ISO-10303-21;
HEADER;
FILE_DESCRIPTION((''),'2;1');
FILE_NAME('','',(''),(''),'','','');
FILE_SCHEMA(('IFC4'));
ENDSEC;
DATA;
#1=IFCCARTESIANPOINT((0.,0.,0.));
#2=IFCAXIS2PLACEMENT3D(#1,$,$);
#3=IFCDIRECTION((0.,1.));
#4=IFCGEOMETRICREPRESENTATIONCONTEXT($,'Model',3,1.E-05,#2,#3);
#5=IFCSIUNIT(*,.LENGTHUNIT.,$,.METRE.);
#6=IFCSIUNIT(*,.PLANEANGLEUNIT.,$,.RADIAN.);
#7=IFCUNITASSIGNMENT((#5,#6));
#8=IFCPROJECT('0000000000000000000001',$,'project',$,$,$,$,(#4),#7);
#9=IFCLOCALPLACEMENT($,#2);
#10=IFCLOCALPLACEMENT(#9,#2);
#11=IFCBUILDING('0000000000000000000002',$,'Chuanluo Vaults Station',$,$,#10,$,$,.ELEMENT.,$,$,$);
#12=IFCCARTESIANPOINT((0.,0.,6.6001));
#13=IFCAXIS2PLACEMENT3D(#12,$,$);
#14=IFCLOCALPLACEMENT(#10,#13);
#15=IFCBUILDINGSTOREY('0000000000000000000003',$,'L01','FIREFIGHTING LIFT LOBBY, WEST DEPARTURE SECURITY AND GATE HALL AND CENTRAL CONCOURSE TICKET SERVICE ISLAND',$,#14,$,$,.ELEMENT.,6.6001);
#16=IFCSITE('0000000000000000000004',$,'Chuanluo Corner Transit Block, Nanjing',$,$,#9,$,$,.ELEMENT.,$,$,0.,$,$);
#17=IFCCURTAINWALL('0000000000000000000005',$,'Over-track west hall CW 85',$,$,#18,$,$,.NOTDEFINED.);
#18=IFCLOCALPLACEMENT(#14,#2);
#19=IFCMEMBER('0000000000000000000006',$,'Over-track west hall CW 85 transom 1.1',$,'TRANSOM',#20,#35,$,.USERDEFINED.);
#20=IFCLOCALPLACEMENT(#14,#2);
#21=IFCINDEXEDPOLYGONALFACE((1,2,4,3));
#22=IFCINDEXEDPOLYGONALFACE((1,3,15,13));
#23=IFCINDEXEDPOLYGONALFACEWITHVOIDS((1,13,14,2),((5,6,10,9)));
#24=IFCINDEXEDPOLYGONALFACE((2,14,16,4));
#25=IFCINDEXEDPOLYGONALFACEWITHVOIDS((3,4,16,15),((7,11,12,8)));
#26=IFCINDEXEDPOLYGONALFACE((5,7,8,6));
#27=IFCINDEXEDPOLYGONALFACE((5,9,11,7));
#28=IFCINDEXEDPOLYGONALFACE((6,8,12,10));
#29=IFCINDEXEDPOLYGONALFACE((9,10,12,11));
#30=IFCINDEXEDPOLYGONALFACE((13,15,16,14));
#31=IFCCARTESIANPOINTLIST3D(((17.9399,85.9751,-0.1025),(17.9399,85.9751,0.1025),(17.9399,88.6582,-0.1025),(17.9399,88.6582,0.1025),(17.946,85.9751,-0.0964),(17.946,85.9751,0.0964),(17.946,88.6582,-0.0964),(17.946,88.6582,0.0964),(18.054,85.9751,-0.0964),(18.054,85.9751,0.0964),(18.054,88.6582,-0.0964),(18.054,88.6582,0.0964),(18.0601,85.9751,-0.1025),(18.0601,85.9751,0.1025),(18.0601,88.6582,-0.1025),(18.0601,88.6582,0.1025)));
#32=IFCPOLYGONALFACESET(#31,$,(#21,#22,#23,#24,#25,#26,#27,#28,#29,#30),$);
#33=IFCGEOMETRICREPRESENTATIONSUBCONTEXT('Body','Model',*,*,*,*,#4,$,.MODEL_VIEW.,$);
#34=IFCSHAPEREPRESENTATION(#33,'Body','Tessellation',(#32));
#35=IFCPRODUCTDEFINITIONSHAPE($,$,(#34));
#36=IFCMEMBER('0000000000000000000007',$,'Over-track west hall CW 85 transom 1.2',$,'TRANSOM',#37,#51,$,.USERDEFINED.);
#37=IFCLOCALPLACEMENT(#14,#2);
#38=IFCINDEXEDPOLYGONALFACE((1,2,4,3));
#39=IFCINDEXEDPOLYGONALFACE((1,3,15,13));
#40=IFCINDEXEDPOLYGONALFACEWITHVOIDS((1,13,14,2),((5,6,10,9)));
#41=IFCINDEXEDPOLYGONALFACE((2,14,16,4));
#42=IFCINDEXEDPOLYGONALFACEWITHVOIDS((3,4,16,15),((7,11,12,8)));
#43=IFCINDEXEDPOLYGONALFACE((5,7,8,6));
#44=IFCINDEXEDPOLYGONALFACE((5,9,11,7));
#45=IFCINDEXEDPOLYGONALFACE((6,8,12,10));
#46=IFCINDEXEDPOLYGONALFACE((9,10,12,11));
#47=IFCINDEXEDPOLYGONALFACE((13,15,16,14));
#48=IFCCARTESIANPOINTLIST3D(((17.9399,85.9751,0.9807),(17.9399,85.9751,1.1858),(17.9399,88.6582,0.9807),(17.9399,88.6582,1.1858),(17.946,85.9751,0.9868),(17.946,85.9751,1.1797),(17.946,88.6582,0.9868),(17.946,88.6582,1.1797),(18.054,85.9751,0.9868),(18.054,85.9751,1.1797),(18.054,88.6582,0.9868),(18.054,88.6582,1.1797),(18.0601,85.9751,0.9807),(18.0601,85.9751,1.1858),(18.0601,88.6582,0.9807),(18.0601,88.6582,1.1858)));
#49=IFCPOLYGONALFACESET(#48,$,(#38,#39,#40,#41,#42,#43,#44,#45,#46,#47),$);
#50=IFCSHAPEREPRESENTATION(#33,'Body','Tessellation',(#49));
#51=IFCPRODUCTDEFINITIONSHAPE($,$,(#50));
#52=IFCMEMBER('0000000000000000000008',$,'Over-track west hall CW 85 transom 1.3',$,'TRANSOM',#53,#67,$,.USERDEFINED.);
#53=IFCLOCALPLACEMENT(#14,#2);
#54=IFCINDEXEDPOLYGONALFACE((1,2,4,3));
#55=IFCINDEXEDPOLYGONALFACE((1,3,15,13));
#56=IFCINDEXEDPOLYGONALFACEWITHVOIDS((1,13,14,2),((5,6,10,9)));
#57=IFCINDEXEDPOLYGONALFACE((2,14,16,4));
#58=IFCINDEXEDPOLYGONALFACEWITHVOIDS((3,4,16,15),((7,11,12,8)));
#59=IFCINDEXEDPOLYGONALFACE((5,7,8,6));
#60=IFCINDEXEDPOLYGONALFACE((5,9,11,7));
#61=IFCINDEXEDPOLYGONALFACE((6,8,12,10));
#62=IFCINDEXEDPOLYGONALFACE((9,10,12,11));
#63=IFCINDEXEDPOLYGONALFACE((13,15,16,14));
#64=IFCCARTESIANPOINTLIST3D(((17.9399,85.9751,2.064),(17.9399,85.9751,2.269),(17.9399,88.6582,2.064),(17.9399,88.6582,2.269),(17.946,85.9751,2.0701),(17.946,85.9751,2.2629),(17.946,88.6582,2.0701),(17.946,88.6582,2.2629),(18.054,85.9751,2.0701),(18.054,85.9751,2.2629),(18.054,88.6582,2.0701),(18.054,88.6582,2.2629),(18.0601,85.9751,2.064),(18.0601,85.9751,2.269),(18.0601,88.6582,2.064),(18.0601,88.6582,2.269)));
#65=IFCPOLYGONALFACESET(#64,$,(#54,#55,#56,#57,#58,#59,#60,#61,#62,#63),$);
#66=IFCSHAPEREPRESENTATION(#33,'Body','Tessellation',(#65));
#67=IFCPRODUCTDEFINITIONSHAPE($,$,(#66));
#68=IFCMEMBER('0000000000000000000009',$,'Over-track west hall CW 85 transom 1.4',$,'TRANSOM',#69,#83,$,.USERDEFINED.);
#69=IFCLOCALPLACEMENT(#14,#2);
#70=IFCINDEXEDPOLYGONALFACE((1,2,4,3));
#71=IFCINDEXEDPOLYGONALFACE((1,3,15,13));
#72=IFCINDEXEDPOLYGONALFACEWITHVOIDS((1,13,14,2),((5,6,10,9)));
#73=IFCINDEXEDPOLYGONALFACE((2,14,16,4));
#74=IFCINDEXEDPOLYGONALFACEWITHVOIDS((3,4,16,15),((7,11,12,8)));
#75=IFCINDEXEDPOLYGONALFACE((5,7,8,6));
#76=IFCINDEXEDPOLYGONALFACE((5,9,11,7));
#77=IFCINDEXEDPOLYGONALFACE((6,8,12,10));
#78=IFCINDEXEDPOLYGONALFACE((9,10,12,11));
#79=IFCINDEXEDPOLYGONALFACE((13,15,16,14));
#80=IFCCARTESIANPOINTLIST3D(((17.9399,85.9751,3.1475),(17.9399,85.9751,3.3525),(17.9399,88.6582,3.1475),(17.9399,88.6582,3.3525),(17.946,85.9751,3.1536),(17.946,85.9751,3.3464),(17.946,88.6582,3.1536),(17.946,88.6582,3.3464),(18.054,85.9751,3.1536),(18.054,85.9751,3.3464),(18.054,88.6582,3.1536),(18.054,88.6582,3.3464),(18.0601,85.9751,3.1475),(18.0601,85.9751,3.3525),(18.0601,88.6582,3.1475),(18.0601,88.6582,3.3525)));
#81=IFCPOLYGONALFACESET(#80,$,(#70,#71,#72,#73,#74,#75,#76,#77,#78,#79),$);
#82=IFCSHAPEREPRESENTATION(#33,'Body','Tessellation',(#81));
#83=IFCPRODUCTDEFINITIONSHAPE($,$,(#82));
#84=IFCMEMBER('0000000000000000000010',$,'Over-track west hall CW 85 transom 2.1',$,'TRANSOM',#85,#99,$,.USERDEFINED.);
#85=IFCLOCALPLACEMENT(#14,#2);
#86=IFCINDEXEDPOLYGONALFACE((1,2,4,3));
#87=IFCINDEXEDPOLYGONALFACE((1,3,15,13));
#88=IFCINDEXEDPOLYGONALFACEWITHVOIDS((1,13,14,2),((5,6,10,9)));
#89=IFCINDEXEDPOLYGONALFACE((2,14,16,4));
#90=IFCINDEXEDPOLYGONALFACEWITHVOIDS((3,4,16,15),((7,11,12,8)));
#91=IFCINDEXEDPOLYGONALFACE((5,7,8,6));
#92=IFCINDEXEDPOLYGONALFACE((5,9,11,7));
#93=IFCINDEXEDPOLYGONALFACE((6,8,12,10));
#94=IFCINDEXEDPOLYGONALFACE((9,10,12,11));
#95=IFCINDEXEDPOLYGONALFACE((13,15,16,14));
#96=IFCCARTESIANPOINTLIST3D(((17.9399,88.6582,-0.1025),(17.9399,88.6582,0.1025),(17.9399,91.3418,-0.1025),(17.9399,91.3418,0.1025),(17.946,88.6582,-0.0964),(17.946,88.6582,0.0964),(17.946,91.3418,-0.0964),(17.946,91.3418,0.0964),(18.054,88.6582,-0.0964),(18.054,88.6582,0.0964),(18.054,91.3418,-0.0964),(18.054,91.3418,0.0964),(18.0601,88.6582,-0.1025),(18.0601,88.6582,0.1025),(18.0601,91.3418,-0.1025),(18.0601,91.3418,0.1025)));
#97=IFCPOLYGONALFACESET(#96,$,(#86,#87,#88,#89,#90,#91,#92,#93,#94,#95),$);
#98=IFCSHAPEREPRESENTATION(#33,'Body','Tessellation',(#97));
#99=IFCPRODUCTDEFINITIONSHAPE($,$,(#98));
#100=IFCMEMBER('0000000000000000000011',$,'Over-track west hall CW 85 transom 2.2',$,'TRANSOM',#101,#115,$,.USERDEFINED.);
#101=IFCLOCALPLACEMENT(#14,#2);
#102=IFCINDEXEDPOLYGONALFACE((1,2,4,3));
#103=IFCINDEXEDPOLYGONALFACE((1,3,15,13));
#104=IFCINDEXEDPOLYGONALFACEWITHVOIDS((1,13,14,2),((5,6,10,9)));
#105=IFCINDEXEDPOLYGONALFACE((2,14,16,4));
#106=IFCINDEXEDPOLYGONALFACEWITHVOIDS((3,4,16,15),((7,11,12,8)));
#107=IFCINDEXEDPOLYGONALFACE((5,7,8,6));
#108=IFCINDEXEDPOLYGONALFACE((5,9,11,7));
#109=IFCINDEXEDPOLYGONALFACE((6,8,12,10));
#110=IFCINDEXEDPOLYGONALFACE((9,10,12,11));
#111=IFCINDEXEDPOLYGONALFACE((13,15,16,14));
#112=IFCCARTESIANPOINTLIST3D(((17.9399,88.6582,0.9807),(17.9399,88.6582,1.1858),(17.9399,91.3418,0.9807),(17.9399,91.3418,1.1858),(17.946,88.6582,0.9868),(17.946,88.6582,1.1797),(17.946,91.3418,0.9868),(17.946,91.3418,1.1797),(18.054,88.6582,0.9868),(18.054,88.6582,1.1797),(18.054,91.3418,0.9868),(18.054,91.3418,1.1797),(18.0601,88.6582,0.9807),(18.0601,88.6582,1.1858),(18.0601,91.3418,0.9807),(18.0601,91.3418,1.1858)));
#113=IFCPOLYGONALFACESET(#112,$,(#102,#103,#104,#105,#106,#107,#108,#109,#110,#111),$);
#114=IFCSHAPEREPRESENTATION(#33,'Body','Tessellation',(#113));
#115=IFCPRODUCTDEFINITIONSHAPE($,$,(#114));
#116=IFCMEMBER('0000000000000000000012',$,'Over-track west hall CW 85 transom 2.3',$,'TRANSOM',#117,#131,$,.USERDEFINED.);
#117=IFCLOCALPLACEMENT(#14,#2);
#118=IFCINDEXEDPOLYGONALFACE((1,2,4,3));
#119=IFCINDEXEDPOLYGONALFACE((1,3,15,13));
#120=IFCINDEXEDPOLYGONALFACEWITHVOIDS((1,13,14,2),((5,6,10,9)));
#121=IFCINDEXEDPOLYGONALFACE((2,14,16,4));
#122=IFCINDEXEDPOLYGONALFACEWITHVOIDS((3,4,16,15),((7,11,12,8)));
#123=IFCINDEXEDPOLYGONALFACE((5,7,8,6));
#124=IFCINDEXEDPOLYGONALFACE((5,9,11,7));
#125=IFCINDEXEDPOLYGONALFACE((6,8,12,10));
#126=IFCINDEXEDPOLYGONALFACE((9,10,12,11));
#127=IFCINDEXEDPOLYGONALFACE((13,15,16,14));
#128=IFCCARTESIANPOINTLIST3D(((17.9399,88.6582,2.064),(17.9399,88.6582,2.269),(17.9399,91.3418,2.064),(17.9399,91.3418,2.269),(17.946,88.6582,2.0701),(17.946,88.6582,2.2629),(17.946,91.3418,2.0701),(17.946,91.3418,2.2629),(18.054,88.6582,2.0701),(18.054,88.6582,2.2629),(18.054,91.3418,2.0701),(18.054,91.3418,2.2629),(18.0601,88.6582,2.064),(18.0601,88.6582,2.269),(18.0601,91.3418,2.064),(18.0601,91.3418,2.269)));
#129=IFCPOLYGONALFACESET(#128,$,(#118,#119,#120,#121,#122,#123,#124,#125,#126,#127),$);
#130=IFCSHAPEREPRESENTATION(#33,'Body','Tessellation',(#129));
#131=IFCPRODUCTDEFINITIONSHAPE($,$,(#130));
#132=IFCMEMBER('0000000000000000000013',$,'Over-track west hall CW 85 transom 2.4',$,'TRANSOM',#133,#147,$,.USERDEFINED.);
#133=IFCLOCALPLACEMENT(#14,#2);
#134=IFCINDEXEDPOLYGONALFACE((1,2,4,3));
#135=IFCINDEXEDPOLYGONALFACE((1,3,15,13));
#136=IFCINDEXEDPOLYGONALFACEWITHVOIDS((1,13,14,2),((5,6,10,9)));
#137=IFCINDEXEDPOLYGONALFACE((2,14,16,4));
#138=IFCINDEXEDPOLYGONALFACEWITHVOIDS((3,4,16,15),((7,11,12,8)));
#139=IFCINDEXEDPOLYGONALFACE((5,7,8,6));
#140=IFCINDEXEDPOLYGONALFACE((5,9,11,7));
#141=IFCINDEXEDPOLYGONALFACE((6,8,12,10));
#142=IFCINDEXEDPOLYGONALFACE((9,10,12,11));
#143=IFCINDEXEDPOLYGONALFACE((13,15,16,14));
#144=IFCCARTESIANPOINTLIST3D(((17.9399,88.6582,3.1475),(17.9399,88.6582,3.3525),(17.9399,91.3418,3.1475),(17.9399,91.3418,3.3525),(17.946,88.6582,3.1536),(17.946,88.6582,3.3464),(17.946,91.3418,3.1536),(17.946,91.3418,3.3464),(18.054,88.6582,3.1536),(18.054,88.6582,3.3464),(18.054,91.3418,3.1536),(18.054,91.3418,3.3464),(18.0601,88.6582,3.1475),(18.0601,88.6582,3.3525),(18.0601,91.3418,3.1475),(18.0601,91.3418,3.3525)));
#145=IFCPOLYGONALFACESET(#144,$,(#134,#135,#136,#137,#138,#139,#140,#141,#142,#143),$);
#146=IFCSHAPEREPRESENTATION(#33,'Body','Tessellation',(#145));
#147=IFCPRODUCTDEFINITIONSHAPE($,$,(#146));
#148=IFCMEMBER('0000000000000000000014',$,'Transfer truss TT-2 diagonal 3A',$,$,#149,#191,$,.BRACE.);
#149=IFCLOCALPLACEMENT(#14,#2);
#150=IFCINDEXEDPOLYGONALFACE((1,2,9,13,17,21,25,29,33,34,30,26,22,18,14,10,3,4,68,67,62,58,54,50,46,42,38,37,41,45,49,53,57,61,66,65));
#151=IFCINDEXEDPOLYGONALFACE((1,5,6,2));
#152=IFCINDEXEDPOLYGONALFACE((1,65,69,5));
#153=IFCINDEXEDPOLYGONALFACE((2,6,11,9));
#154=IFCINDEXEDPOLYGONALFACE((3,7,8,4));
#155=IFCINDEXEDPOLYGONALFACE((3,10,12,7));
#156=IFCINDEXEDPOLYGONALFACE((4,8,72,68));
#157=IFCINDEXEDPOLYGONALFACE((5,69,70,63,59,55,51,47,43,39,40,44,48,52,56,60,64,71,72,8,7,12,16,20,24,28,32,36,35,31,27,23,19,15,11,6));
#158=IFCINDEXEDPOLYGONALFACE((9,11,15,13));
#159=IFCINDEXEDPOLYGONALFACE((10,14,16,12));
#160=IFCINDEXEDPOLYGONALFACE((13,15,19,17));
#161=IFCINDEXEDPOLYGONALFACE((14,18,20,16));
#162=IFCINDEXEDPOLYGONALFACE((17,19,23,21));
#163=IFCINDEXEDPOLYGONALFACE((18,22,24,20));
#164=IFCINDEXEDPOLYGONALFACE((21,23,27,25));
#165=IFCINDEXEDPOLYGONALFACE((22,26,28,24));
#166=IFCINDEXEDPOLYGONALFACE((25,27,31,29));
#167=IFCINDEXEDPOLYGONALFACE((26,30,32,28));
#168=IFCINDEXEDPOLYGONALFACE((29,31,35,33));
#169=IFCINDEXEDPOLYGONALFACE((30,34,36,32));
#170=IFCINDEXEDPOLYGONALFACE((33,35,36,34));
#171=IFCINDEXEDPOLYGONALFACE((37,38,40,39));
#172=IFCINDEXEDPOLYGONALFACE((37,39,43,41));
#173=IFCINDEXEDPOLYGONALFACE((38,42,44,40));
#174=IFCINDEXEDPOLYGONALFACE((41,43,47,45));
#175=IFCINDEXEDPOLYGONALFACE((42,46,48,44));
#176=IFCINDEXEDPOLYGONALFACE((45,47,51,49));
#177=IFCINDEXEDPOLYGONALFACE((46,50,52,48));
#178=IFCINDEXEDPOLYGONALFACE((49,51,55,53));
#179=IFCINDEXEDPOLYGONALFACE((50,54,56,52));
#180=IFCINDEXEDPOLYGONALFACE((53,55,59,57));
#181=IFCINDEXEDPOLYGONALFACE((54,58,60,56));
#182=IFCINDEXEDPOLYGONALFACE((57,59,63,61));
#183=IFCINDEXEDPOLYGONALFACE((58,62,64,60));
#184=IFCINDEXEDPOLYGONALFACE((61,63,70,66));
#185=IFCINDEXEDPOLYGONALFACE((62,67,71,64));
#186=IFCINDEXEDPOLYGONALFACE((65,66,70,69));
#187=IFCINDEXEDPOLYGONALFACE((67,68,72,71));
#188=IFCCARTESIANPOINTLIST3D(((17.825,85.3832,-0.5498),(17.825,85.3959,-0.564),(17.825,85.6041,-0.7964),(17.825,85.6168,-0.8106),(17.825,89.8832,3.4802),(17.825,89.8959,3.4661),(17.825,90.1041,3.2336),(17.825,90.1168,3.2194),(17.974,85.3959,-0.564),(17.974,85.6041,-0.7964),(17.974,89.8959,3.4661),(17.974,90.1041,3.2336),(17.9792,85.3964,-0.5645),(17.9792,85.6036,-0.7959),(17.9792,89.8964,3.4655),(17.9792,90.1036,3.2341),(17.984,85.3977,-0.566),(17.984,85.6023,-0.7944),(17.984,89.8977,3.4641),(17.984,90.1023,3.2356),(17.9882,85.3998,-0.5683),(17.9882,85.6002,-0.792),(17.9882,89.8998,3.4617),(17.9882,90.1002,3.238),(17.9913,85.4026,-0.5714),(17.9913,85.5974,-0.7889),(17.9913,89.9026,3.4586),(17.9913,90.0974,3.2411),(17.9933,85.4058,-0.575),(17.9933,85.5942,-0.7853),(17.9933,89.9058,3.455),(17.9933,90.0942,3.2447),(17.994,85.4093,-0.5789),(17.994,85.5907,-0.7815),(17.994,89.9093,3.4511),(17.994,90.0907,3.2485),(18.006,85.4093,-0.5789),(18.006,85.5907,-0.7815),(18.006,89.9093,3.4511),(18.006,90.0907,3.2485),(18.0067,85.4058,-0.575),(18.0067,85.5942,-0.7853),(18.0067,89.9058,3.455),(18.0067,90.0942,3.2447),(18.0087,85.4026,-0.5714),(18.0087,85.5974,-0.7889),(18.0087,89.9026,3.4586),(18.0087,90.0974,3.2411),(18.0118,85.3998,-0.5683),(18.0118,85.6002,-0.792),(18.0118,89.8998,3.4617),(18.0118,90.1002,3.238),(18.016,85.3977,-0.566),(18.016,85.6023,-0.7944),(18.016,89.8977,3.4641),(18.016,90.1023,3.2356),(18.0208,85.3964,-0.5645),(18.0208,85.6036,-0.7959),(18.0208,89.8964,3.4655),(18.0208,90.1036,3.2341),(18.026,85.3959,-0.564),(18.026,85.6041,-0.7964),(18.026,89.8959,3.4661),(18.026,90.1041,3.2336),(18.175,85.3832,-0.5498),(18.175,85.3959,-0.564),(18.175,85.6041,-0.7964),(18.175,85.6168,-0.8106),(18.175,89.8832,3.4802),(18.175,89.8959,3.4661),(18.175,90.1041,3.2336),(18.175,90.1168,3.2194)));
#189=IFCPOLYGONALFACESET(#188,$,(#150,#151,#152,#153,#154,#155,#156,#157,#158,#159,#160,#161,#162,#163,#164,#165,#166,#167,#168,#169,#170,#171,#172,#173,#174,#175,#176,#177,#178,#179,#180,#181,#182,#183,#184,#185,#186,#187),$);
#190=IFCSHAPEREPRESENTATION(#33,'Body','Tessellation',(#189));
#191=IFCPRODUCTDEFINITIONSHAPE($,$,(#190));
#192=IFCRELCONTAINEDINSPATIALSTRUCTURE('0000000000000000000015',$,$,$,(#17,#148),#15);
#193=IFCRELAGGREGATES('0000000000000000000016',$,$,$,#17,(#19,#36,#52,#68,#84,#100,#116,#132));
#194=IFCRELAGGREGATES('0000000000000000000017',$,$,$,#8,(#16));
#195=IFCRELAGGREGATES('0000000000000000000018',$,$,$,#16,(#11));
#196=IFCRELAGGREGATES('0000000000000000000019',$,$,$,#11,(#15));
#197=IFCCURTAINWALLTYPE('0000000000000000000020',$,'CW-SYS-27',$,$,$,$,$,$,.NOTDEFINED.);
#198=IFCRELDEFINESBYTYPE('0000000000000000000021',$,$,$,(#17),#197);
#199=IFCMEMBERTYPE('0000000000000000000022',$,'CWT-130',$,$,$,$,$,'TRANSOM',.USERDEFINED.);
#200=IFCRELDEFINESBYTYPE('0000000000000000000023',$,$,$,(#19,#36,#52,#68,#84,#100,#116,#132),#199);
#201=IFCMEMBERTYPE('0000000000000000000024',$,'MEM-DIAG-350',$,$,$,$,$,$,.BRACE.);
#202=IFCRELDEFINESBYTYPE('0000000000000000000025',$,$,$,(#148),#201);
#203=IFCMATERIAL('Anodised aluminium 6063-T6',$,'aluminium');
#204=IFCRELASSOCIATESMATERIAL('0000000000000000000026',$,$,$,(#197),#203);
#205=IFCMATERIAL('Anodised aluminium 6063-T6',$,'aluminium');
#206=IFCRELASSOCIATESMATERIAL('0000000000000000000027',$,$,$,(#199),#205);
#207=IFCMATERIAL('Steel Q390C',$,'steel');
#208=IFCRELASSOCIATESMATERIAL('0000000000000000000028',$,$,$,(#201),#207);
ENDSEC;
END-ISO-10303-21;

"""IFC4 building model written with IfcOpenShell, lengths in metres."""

from ifc_helpers import new_model, si_unit, direction, frame, origin, origin_2d, place, context, subcontext, project, spatial, hollow_rectangle, i_section, extrude, material, material_profile, profile_set, type_object, element, aggregate, save


model = new_model("IFC4")

# Units and contexts
model_context = context("Model", 3, precision=1e-05, world=origin(), true_north=direction((0.0, 1.0)))
body_context = subcontext(model_context, "Body", "Model", "MODEL_VIEW")
ifc_project = project(units=[si_unit("LENGTHUNIT", "METRE"), si_unit("PLANEANGLEUNIT", "RADIAN")], contexts=[model_context])

# Site, building, storey
site_placement = place(None, origin())
site = spatial("IfcSite", under=ifc_project, at=site_placement, Name="Chuanluo Corner Transit Block, Nanjing", CompositionType="ELEMENT", RefElevation=0.0)
building_placement = place(site_placement, origin())
building = spatial("IfcBuilding", under=site, at=building_placement, Name="Chuanluo Vaults Station", CompositionType="ELEMENT")
storey_placement = place(building_placement, frame((0.0, 0.0, 6.6001)))
storey = spatial("IfcBuildingStorey", under=building, at=storey_placement, Name="L01", Description="FIREFIGHTING LIFT LOBBY, WEST DEPARTURE SECURITY AND GATE HALL AND CENTRAL CONCOURSE TICKET SERVICE ISLAND", CompositionType="ELEMENT", Elevation=6.6001)

# Curtain wall
ifc_material_1 = material(Name="Anodised aluminium 6063-T6", Category="aluminium")
curtain_wall_type_1 = type_object("IfcCurtainWallType", Name="CW-SYS-27", PredefinedType="NOTDEFINED", material=ifc_material_1)
curtain_wall_1_placement = place(storey_placement, origin())
curtain_wall_1 = element("IfcCurtainWall", 1, at=curtain_wall_1_placement, inside=storey, type_object=curtain_wall_type_1, Name="Over-track west hall CW 85", PredefinedType="NOTDEFINED")

# Members
ifc_material_2 = material(Name="Anodised aluminium 6063-T6", Category="aluminium")
ifc_material_profile_1 = material_profile(ifc_material_2, hollow_rectangle(XDim=0.1201, YDim=0.2051, WallThickness=0.0061, at=origin_2d()))
ifc_profile_set_1 = profile_set([ifc_material_profile_1], Name="Anodised aluminium 6063-T6")
member_type_1 = type_object("IfcMemberType", Name="CWT-130", ElementType="TRANSOM", PredefinedType="USERDEFINED", material=ifc_profile_set_1)
member_1_placement = place(storey_placement, frame((18.0, 85.9751, 0.0), z_axis=(0.0, 1.0, 0.0), x_axis=(-1.0, 0.0, 0.0)))
member_1 = element("IfcMember", 2, at=member_1_placement, type_object=member_type_1, Name="Over-track west hall CW 85 transom 1.1", ObjectType="TRANSOM", PredefinedType="USERDEFINED", context=body_context, shape_type="SweptSolid", body=[
    extrude(hollow_rectangle(XDim=0.1201, YDim=0.2051, WallThickness=0.0061, at=origin_2d()), origin(), (0.0, 0.0, 1.0), 2.6831),
])
member_2_placement = place(storey_placement, frame((18.0, 85.9751, 1.0833), z_axis=(0.0, 1.0, 0.0), x_axis=(-1.0, 0.0, 0.0)))
member_2 = element("IfcMember", 3, at=member_2_placement, type_object=member_type_1, Name="Over-track west hall CW 85 transom 1.2", ObjectType="TRANSOM", PredefinedType="USERDEFINED", context=body_context, shape_type="SweptSolid", body=[
    extrude(hollow_rectangle(XDim=0.1201, YDim=0.2051, WallThickness=0.0061, at=origin_2d()), origin(), (0.0, 0.0, 1.0), 2.6831),
])
member_3_placement = place(storey_placement, frame((18.0, 85.9751, 2.1665), z_axis=(0.0, 1.0, 0.0), x_axis=(-1.0, 0.0, 0.0)))
member_3 = element("IfcMember", 4, at=member_3_placement, type_object=member_type_1, Name="Over-track west hall CW 85 transom 1.3", ObjectType="TRANSOM", PredefinedType="USERDEFINED", context=body_context, shape_type="SweptSolid", body=[
    extrude(hollow_rectangle(XDim=0.1201, YDim=0.2051, WallThickness=0.0061, at=origin_2d()), origin(), (0.0, 0.0, 1.0), 2.6831),
])
member_4_placement = place(storey_placement, frame((18.0, 85.9751, 3.25), z_axis=(0.0, 1.0, 0.0), x_axis=(-1.0, 0.0, 0.0)))
member_4 = element("IfcMember", 5, at=member_4_placement, type_object=member_type_1, Name="Over-track west hall CW 85 transom 1.4", ObjectType="TRANSOM", PredefinedType="USERDEFINED", context=body_context, shape_type="SweptSolid", body=[
    extrude(hollow_rectangle(XDim=0.1201, YDim=0.2051, WallThickness=0.0061, at=origin_2d()), origin(), (0.0, 0.0, 1.0), 2.6831),
])
member_5_placement = place(storey_placement, frame((18.0, 88.6582, 0.0), z_axis=(0.0, 1.0, 0.0), x_axis=(-1.0, 0.0, 0.0)))
member_5 = element("IfcMember", 6, at=member_5_placement, type_object=member_type_1, Name="Over-track west hall CW 85 transom 2.1", ObjectType="TRANSOM", PredefinedType="USERDEFINED", context=body_context, shape_type="SweptSolid", body=[
    extrude(hollow_rectangle(XDim=0.1201, YDim=0.2051, WallThickness=0.0061, at=origin_2d()), origin(), (0.0, 0.0, 1.0), 2.6836),
])
member_6_placement = place(storey_placement, frame((18.0, 88.6582, 1.0833), z_axis=(0.0, 1.0, 0.0), x_axis=(-1.0, 0.0, 0.0)))
member_6 = element("IfcMember", 7, at=member_6_placement, type_object=member_type_1, Name="Over-track west hall CW 85 transom 2.2", ObjectType="TRANSOM", PredefinedType="USERDEFINED", context=body_context, shape_type="SweptSolid", body=[
    extrude(hollow_rectangle(XDim=0.1201, YDim=0.2051, WallThickness=0.0061, at=origin_2d()), origin(), (0.0, 0.0, 1.0), 2.6836),
])
member_7_placement = place(storey_placement, frame((18.0, 88.6582, 2.1665), z_axis=(0.0, 1.0, 0.0), x_axis=(-1.0, 0.0, 0.0)))
member_7 = element("IfcMember", 8, at=member_7_placement, type_object=member_type_1, Name="Over-track west hall CW 85 transom 2.3", ObjectType="TRANSOM", PredefinedType="USERDEFINED", context=body_context, shape_type="SweptSolid", body=[
    extrude(hollow_rectangle(XDim=0.1201, YDim=0.2051, WallThickness=0.0061, at=origin_2d()), origin(), (0.0, 0.0, 1.0), 2.6836),
])
member_8_placement = place(storey_placement, frame((18.0, 88.6582, 3.25), z_axis=(0.0, 1.0, 0.0), x_axis=(-1.0, 0.0, 0.0)))
member_8 = element("IfcMember", 9, at=member_8_placement, type_object=member_type_1, Name="Over-track west hall CW 85 transom 2.4", ObjectType="TRANSOM", PredefinedType="USERDEFINED", context=body_context, shape_type="SweptSolid", body=[
    extrude(hollow_rectangle(XDim=0.1201, YDim=0.2051, WallThickness=0.0061, at=origin_2d()), origin(), (0.0, 0.0, 1.0), 2.6836),
])

# Member
ifc_material_3 = material(Name="Steel Q390C", Category="steel")
ifc_material_profile_2 = material_profile(ifc_material_3, i_section(OverallWidth=0.3501, OverallDepth=0.3501, WebThickness=0.012, FlangeThickness=0.019, FilletRadius=0.02, at=origin_2d()))
ifc_profile_set_2 = profile_set([ifc_material_profile_2], Name="Steel Q390C")
member_type_2 = type_object("IfcMemberType", Name="MEM-DIAG-350", PredefinedType="BRACE", material=ifc_profile_set_2)
for number, where, z_axis, x_axis, name in (
    (10, (18.0, 85.5, -0.6802), (0.0, 0.744936, 0.667136), (-1.0, 0.0, 0.0), "Transfer truss TT-2 diagonal 3A"),
):
    element("IfcMember", number, at=place(storey_placement, frame(where, z_axis=z_axis, x_axis=x_axis)), inside=storey, type_object=member_type_2, Name=name, PredefinedType="BRACE", context=body_context, shape_type="SweptSolid", body=[
        extrude(i_section(OverallWidth=0.3501, OverallDepth=0.3501, WebThickness=0.012, FlangeThickness=0.019, FilletRadius=0.02, at=origin_2d()), origin(), (0.0, 0.0, 1.0), 6.0408),
    ])

aggregate(curtain_wall_1, [member_1, member_2, member_3, member_4, member_5, member_6, member_7, member_8])

save(model, "model.ifc")
